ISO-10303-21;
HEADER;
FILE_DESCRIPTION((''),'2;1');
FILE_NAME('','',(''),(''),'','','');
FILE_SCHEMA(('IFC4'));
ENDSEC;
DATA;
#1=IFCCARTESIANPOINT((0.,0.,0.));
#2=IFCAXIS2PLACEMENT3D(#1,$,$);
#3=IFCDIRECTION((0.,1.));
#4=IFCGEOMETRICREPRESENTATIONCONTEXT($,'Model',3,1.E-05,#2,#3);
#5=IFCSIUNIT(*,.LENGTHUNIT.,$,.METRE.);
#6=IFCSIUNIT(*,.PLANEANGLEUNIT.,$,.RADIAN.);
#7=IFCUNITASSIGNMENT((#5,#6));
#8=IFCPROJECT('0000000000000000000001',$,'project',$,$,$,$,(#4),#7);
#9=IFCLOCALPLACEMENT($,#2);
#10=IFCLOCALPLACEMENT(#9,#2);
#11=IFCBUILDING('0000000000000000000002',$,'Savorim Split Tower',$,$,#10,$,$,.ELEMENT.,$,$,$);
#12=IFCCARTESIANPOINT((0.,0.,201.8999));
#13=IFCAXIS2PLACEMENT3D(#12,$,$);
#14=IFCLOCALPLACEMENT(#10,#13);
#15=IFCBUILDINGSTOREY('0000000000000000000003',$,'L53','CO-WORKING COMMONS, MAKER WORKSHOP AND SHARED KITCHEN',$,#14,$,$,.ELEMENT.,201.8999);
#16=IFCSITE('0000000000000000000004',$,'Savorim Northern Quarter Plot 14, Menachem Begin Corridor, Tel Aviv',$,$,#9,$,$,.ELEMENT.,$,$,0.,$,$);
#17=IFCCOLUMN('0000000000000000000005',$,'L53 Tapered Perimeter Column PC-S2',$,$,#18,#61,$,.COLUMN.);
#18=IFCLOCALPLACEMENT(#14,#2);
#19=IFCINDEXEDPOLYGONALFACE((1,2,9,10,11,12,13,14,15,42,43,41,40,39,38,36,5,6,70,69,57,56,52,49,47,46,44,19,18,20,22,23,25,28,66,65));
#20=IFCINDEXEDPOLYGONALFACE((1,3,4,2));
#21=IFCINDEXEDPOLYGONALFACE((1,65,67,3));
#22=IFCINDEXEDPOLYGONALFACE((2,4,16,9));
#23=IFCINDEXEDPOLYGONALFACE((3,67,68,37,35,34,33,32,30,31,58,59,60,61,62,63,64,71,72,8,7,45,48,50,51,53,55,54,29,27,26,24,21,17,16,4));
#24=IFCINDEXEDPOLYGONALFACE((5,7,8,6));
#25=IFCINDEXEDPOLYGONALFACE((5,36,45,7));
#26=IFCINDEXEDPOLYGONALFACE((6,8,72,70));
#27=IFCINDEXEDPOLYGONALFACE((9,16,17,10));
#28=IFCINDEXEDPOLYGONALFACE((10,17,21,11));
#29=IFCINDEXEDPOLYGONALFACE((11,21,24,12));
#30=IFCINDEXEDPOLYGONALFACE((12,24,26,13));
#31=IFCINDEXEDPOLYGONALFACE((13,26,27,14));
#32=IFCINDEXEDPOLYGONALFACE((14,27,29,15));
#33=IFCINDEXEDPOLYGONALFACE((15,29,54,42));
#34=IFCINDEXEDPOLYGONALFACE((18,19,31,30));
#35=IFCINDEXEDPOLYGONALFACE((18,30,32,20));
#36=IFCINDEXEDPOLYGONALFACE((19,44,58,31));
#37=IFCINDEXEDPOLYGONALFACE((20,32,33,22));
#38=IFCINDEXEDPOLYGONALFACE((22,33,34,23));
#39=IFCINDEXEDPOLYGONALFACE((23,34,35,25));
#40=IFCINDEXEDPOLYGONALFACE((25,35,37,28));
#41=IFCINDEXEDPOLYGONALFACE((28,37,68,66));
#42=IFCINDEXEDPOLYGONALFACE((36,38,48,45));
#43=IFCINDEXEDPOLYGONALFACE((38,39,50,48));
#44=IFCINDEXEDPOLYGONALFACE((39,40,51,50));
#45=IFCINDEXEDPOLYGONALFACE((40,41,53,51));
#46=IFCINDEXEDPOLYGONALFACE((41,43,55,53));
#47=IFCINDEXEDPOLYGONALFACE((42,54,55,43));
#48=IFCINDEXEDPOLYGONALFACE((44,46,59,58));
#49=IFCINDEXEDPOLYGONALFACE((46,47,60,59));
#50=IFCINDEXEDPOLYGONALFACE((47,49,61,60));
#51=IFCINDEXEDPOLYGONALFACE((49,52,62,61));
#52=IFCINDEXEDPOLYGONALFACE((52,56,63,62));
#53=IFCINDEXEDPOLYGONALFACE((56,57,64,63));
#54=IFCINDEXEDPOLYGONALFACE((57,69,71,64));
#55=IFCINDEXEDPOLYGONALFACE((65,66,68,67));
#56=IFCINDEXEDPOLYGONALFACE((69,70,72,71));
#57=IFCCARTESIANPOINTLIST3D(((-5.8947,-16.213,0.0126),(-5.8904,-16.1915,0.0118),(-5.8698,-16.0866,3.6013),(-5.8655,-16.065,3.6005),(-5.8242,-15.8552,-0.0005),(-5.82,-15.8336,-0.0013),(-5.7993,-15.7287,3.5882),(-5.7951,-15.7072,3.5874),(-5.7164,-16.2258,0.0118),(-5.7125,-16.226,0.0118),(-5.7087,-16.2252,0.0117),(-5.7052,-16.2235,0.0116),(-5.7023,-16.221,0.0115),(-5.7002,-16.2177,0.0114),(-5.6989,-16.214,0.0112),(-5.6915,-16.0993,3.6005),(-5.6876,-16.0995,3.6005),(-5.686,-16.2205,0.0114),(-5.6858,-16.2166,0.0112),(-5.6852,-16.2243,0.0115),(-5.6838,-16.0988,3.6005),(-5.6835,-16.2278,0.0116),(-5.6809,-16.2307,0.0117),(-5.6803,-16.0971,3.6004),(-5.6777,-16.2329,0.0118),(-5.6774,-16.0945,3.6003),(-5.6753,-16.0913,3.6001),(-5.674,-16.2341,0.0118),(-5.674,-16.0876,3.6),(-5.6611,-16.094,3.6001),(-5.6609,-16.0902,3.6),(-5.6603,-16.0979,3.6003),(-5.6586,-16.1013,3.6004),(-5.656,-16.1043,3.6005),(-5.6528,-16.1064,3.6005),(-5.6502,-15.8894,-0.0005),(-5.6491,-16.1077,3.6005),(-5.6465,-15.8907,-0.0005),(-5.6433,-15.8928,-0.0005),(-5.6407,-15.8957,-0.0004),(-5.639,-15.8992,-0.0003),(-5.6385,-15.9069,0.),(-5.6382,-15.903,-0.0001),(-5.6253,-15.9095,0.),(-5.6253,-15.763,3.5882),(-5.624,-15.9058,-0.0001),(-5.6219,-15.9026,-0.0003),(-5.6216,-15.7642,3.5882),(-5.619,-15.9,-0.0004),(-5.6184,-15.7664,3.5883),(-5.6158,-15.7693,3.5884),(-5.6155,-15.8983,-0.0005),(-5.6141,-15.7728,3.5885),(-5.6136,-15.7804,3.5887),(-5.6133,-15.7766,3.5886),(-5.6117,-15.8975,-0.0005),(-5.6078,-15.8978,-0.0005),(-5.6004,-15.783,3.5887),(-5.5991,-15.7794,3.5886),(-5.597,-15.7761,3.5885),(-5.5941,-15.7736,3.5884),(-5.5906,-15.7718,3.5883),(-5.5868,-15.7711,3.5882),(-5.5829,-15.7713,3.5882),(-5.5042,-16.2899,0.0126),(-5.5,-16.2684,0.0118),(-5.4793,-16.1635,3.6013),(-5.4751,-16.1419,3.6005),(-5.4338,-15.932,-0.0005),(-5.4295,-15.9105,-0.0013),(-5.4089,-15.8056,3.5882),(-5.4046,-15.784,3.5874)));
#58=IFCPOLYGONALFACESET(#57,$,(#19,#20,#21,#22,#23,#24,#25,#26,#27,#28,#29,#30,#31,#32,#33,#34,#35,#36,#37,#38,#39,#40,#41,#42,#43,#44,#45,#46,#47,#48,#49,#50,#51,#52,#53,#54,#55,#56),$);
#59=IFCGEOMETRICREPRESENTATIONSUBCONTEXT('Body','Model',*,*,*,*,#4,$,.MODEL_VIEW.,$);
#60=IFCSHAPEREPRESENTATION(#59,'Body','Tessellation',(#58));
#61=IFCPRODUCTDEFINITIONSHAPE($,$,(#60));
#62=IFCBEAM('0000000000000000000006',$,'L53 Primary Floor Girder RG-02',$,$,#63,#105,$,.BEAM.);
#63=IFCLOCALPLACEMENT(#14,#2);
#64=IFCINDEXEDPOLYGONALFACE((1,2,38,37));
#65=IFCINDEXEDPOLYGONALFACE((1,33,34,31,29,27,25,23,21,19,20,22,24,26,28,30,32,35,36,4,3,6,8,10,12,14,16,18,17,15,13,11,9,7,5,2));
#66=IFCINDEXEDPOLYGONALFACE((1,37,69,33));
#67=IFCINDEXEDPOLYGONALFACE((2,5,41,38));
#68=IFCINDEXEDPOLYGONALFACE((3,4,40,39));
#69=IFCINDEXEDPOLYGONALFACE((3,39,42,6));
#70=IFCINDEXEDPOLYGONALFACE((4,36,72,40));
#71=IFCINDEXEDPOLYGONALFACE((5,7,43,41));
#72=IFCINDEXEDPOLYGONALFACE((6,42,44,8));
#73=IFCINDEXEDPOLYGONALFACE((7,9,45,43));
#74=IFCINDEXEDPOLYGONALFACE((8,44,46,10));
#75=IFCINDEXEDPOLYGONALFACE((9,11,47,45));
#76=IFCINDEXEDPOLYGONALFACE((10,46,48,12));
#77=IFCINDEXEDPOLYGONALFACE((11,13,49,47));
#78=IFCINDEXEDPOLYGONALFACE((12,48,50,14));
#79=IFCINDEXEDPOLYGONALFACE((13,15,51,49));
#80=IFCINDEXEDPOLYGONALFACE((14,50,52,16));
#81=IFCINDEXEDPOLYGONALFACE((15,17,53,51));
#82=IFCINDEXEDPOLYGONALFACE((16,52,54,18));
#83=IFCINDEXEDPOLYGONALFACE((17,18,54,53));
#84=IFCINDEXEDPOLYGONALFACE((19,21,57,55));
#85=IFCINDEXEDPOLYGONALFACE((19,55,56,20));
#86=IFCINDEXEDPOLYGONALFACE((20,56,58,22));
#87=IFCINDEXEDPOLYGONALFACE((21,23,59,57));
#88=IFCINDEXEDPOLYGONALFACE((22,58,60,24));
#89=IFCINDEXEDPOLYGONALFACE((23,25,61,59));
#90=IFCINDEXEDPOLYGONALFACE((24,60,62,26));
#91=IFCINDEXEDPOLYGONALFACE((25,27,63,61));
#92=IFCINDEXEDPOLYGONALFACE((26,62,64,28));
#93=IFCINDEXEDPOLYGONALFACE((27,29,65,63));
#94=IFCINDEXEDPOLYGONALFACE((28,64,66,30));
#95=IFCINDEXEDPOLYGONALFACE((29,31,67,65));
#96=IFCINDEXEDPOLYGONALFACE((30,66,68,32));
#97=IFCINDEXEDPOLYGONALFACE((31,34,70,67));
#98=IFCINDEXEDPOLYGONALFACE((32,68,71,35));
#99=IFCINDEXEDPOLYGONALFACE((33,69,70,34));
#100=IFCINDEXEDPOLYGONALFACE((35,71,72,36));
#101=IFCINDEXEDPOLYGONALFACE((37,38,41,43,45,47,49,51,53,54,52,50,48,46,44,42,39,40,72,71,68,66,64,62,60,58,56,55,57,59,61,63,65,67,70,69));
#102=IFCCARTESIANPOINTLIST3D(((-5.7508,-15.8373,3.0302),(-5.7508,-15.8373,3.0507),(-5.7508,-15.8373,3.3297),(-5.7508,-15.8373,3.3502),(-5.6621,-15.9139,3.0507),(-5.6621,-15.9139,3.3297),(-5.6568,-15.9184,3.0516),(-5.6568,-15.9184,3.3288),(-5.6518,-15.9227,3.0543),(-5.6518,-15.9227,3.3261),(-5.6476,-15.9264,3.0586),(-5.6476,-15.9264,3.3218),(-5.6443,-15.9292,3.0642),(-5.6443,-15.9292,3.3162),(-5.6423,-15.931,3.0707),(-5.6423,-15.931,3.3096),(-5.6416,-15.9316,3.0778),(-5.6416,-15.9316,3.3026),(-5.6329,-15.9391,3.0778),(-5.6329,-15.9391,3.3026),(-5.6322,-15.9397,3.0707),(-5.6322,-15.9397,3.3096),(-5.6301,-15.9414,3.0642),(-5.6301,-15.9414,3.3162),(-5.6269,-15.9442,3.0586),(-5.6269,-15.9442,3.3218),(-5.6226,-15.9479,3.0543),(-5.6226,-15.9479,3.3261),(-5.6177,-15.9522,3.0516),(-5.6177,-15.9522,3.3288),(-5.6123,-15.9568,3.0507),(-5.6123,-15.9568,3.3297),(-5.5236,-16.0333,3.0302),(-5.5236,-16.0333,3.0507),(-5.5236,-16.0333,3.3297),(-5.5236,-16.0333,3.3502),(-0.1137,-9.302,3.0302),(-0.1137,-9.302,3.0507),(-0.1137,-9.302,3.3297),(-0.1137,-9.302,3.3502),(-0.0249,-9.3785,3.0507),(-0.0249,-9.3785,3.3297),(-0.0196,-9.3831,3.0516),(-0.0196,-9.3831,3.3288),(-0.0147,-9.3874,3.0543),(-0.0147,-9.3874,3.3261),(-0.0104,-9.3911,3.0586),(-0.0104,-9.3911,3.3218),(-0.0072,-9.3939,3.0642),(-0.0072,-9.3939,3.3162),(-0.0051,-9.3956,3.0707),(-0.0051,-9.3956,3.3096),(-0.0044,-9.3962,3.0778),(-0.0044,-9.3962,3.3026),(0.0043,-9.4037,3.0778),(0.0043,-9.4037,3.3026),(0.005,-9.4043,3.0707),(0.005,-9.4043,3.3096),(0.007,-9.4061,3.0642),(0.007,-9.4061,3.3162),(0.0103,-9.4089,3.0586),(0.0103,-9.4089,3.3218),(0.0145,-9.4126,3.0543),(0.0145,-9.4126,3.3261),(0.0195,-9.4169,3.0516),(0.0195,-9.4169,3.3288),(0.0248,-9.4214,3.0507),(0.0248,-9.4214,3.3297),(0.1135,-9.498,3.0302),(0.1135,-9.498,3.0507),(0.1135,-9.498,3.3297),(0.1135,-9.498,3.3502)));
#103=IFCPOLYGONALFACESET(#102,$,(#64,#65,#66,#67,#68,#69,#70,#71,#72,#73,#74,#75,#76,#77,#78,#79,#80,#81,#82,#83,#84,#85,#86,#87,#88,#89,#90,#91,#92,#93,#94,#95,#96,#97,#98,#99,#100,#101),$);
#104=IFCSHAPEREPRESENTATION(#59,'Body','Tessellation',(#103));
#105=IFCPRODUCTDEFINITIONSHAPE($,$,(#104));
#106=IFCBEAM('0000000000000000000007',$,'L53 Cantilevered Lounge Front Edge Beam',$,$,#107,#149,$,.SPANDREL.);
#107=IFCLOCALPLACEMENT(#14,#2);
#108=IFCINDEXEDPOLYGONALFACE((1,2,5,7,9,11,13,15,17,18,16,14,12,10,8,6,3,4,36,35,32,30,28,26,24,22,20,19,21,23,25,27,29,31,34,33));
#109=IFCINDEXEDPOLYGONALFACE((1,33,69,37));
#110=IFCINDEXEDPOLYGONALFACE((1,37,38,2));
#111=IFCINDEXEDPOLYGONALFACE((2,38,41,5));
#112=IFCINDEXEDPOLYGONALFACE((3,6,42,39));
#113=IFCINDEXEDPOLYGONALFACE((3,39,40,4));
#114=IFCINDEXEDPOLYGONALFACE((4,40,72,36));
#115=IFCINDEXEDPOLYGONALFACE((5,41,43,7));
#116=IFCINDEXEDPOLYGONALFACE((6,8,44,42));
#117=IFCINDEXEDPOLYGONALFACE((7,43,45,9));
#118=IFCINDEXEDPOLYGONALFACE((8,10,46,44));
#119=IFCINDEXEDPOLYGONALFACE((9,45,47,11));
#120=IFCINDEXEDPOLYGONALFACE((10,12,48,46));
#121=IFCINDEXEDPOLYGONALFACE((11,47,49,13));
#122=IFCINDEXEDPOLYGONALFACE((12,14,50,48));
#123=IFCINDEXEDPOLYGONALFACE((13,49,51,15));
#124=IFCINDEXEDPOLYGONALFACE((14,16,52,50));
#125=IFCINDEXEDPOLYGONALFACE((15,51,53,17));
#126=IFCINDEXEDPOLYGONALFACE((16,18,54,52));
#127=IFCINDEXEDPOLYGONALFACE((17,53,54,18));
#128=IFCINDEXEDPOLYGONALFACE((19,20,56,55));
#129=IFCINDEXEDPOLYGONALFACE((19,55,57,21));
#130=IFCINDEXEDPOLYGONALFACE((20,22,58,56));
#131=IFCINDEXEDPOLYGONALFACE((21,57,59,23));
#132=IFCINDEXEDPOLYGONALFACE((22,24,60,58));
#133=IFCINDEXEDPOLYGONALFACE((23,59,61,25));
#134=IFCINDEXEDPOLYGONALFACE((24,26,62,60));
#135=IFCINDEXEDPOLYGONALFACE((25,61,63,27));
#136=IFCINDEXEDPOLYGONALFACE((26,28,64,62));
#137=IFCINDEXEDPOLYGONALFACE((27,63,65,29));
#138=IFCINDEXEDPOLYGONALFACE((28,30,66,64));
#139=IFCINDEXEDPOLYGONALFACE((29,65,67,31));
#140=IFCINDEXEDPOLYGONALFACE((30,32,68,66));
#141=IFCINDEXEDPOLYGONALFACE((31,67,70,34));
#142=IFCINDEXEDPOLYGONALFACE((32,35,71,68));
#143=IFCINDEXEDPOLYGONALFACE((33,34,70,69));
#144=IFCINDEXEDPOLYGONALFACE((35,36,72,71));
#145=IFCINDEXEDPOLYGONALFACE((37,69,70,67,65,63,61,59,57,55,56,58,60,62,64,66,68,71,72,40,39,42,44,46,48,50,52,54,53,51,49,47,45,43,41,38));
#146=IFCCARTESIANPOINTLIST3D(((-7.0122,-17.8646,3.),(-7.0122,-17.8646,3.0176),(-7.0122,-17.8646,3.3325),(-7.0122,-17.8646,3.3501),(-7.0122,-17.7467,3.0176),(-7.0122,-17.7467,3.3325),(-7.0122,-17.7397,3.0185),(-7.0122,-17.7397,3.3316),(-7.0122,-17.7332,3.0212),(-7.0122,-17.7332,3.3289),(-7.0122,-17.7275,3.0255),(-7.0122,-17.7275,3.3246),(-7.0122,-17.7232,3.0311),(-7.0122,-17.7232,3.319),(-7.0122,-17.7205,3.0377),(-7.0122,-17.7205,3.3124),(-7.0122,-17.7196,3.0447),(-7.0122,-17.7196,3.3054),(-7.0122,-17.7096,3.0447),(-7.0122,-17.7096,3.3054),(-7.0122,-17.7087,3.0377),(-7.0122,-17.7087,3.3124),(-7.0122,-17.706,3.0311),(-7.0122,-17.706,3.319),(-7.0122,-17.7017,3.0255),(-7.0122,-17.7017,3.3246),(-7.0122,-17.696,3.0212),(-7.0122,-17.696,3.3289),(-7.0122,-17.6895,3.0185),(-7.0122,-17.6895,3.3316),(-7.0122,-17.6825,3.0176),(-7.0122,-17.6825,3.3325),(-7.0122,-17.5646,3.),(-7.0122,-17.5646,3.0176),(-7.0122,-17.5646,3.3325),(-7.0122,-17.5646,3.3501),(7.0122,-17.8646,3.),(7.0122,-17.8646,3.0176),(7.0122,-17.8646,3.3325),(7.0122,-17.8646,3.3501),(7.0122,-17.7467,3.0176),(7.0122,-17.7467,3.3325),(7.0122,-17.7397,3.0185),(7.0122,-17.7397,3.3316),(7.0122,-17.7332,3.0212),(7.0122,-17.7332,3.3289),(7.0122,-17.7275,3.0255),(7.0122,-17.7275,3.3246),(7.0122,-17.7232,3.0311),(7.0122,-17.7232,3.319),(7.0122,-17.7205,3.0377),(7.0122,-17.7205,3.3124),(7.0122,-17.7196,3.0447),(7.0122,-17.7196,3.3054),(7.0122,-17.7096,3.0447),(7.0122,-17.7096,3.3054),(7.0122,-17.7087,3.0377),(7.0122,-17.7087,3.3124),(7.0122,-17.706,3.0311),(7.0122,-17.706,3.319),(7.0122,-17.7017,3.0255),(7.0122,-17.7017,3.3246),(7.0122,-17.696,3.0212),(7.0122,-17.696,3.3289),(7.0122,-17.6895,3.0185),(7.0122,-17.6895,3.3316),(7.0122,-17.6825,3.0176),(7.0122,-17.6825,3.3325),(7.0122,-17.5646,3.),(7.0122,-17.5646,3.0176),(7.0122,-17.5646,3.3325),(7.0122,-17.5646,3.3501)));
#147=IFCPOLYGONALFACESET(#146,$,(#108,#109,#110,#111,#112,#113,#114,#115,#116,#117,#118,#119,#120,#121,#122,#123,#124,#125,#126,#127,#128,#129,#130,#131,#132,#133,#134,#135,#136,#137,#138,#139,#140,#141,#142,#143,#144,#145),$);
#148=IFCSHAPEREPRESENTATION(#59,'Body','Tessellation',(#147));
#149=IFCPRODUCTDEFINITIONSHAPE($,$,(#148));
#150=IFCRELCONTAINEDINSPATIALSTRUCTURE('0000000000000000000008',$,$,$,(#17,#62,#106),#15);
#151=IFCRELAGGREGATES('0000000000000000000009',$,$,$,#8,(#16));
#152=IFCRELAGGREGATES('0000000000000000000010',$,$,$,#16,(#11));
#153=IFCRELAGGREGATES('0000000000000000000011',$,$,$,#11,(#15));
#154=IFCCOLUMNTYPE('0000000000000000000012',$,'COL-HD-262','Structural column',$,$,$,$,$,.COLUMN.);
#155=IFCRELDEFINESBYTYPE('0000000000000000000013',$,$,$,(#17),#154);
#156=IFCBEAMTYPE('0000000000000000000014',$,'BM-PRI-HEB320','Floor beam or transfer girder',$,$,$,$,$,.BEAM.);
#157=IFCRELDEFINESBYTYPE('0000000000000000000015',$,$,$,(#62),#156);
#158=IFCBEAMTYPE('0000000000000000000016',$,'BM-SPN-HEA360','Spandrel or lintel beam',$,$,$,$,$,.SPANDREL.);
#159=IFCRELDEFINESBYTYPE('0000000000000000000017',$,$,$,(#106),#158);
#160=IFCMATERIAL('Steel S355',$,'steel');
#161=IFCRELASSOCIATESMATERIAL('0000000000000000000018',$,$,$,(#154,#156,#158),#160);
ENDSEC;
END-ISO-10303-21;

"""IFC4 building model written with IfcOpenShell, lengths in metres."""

from ifc_helpers import new_model, si_unit, direction, frame, origin, origin_2d, place, context, subcontext, project, spatial, i_section, extrude, material, material_profile, profile_set, type_object, element, save


model = new_model("IFC4")

# Units and contexts
model_context = context("Model", 3, precision=1e-05, world=origin(), true_north=direction((0.0, 1.0)))
body_context = subcontext(model_context, "Body", "Model", "MODEL_VIEW")
ifc_project = project(units=[si_unit("LENGTHUNIT", "METRE"), si_unit("PLANEANGLEUNIT", "RADIAN")], contexts=[model_context])

# Site, building, storey
site_placement = place(None, origin())
site = spatial("IfcSite", under=ifc_project, at=site_placement, Name="Savorim Northern Quarter Plot 14, Menachem Begin Corridor, Tel Aviv", CompositionType="ELEMENT", RefElevation=0.0)
building_placement = place(site_placement, origin())
building = spatial("IfcBuilding", under=site, at=building_placement, Name="Savorim Split Tower", CompositionType="ELEMENT")
storey_placement = place(building_placement, frame((0.0, 0.0, 201.8999)))
storey = spatial("IfcBuildingStorey", under=building, at=storey_placement, Name="L53", Description="CO-WORKING COMMONS, MAKER WORKSHOP AND SHARED KITCHEN", CompositionType="ELEMENT", Elevation=201.8999)

# Column
ifc_material_1 = material(Name="Steel S355", Category="steel")
ifc_material_profile_1 = material_profile(ifc_material_1, i_section(OverallWidth=0.3979, OverallDepth=0.387, WebThickness=0.0134, FlangeThickness=0.022, FilletRadius=0.0149, at=origin_2d()), Name="HD 400x262")
ifc_profile_set_1 = profile_set([ifc_material_profile_1], Name="Steel S355")
column_type = type_object("IfcColumnType", Name="COL-HD-262", Description="Structural column", PredefinedType="COLUMN", material=ifc_profile_set_1)
column_placement = place(storey_placement, frame((-5.6621, -16.0618, 0.0056), z_axis=(0.006934, 0.035215, 0.999356), x_axis=(-0.981159, 0.193201, 0.0)))
element("IfcColumn", 1, at=column_placement, inside=storey, type_object=column_type, Name="L53 Tapered Perimeter Column PC-S2", PredefinedType="COLUMN", context=body_context, shape_type="SweptSolid", body=[
    extrude(i_section(OverallWidth=0.3979, OverallDepth=0.387, WebThickness=0.0134, FlangeThickness=0.022, FilletRadius=0.0149, at=origin_2d()), origin(), (0.0, 0.0, 1.0), 3.5911),
])

# Beams
ifc_material_profile_2 = material_profile(ifc_material_1, i_section(OverallWidth=0.3, OverallDepth=0.3201, WebThickness=0.0115, FlangeThickness=0.0205, FilletRadius=0.0271, at=origin_2d()), Name="HEB 320")
ifc_profile_set_2 = profile_set([ifc_material_profile_2], Name="Steel S355")
beam_type_1 = type_object("IfcBeamType", Name="BM-PRI-HEB320", Description="Floor beam or transfer girder", PredefinedType="BEAM", material=ifc_profile_set_2)
beam_1_placement = place(storey_placement, frame((-5.6372, -15.9353, 3.1902), z_axis=(0.653155, 0.757224, 0.0), x_axis=(-0.757224, 0.653155, 0.0)))
element("IfcBeam", 2, at=beam_1_placement, inside=storey, type_object=beam_type_1, Name="L53 Primary Floor Girder RG-02", PredefinedType="BEAM", context=body_context, shape_type="SweptSolid", body=[
    extrude(i_section(OverallWidth=0.3, OverallDepth=0.3201, WebThickness=0.0115, FlangeThickness=0.0205, FilletRadius=0.0271, at=origin_2d()), origin(), (0.0, 0.0, 1.0), 8.6306),
])
ifc_material_profile_3 = material_profile(ifc_material_1, i_section(OverallWidth=0.3, OverallDepth=0.3501, WebThickness=0.01, FlangeThickness=0.0176, FilletRadius=0.0271, at=origin_2d()), Name="HEA 360")
ifc_profile_set_3 = profile_set([ifc_material_profile_3], Name="Steel S355")
beam_type_2 = type_object("IfcBeamType", Name="BM-SPN-HEA360", Description="Spandrel or lintel beam", PredefinedType="SPANDREL", material=ifc_profile_set_3)
beam_2_placement = place(storey_placement, frame((-7.0122, -17.7146, 3.175), z_axis=(1.0, 0.0, 0.0), x_axis=(0.0, 1.0, 0.0)))
element("IfcBeam", 3, at=beam_2_placement, inside=storey, type_object=beam_type_2, Name="L53 Cantilevered Lounge Front Edge Beam", PredefinedType="SPANDREL", context=body_context, shape_type="SweptSolid", body=[
    extrude(i_section(OverallWidth=0.3, OverallDepth=0.3501, WebThickness=0.01, FlangeThickness=0.0176, FilletRadius=0.0271, at=origin_2d()), origin(), (0.0, 0.0, 1.0), 14.0244),
])

save(model, "model.ifc")
